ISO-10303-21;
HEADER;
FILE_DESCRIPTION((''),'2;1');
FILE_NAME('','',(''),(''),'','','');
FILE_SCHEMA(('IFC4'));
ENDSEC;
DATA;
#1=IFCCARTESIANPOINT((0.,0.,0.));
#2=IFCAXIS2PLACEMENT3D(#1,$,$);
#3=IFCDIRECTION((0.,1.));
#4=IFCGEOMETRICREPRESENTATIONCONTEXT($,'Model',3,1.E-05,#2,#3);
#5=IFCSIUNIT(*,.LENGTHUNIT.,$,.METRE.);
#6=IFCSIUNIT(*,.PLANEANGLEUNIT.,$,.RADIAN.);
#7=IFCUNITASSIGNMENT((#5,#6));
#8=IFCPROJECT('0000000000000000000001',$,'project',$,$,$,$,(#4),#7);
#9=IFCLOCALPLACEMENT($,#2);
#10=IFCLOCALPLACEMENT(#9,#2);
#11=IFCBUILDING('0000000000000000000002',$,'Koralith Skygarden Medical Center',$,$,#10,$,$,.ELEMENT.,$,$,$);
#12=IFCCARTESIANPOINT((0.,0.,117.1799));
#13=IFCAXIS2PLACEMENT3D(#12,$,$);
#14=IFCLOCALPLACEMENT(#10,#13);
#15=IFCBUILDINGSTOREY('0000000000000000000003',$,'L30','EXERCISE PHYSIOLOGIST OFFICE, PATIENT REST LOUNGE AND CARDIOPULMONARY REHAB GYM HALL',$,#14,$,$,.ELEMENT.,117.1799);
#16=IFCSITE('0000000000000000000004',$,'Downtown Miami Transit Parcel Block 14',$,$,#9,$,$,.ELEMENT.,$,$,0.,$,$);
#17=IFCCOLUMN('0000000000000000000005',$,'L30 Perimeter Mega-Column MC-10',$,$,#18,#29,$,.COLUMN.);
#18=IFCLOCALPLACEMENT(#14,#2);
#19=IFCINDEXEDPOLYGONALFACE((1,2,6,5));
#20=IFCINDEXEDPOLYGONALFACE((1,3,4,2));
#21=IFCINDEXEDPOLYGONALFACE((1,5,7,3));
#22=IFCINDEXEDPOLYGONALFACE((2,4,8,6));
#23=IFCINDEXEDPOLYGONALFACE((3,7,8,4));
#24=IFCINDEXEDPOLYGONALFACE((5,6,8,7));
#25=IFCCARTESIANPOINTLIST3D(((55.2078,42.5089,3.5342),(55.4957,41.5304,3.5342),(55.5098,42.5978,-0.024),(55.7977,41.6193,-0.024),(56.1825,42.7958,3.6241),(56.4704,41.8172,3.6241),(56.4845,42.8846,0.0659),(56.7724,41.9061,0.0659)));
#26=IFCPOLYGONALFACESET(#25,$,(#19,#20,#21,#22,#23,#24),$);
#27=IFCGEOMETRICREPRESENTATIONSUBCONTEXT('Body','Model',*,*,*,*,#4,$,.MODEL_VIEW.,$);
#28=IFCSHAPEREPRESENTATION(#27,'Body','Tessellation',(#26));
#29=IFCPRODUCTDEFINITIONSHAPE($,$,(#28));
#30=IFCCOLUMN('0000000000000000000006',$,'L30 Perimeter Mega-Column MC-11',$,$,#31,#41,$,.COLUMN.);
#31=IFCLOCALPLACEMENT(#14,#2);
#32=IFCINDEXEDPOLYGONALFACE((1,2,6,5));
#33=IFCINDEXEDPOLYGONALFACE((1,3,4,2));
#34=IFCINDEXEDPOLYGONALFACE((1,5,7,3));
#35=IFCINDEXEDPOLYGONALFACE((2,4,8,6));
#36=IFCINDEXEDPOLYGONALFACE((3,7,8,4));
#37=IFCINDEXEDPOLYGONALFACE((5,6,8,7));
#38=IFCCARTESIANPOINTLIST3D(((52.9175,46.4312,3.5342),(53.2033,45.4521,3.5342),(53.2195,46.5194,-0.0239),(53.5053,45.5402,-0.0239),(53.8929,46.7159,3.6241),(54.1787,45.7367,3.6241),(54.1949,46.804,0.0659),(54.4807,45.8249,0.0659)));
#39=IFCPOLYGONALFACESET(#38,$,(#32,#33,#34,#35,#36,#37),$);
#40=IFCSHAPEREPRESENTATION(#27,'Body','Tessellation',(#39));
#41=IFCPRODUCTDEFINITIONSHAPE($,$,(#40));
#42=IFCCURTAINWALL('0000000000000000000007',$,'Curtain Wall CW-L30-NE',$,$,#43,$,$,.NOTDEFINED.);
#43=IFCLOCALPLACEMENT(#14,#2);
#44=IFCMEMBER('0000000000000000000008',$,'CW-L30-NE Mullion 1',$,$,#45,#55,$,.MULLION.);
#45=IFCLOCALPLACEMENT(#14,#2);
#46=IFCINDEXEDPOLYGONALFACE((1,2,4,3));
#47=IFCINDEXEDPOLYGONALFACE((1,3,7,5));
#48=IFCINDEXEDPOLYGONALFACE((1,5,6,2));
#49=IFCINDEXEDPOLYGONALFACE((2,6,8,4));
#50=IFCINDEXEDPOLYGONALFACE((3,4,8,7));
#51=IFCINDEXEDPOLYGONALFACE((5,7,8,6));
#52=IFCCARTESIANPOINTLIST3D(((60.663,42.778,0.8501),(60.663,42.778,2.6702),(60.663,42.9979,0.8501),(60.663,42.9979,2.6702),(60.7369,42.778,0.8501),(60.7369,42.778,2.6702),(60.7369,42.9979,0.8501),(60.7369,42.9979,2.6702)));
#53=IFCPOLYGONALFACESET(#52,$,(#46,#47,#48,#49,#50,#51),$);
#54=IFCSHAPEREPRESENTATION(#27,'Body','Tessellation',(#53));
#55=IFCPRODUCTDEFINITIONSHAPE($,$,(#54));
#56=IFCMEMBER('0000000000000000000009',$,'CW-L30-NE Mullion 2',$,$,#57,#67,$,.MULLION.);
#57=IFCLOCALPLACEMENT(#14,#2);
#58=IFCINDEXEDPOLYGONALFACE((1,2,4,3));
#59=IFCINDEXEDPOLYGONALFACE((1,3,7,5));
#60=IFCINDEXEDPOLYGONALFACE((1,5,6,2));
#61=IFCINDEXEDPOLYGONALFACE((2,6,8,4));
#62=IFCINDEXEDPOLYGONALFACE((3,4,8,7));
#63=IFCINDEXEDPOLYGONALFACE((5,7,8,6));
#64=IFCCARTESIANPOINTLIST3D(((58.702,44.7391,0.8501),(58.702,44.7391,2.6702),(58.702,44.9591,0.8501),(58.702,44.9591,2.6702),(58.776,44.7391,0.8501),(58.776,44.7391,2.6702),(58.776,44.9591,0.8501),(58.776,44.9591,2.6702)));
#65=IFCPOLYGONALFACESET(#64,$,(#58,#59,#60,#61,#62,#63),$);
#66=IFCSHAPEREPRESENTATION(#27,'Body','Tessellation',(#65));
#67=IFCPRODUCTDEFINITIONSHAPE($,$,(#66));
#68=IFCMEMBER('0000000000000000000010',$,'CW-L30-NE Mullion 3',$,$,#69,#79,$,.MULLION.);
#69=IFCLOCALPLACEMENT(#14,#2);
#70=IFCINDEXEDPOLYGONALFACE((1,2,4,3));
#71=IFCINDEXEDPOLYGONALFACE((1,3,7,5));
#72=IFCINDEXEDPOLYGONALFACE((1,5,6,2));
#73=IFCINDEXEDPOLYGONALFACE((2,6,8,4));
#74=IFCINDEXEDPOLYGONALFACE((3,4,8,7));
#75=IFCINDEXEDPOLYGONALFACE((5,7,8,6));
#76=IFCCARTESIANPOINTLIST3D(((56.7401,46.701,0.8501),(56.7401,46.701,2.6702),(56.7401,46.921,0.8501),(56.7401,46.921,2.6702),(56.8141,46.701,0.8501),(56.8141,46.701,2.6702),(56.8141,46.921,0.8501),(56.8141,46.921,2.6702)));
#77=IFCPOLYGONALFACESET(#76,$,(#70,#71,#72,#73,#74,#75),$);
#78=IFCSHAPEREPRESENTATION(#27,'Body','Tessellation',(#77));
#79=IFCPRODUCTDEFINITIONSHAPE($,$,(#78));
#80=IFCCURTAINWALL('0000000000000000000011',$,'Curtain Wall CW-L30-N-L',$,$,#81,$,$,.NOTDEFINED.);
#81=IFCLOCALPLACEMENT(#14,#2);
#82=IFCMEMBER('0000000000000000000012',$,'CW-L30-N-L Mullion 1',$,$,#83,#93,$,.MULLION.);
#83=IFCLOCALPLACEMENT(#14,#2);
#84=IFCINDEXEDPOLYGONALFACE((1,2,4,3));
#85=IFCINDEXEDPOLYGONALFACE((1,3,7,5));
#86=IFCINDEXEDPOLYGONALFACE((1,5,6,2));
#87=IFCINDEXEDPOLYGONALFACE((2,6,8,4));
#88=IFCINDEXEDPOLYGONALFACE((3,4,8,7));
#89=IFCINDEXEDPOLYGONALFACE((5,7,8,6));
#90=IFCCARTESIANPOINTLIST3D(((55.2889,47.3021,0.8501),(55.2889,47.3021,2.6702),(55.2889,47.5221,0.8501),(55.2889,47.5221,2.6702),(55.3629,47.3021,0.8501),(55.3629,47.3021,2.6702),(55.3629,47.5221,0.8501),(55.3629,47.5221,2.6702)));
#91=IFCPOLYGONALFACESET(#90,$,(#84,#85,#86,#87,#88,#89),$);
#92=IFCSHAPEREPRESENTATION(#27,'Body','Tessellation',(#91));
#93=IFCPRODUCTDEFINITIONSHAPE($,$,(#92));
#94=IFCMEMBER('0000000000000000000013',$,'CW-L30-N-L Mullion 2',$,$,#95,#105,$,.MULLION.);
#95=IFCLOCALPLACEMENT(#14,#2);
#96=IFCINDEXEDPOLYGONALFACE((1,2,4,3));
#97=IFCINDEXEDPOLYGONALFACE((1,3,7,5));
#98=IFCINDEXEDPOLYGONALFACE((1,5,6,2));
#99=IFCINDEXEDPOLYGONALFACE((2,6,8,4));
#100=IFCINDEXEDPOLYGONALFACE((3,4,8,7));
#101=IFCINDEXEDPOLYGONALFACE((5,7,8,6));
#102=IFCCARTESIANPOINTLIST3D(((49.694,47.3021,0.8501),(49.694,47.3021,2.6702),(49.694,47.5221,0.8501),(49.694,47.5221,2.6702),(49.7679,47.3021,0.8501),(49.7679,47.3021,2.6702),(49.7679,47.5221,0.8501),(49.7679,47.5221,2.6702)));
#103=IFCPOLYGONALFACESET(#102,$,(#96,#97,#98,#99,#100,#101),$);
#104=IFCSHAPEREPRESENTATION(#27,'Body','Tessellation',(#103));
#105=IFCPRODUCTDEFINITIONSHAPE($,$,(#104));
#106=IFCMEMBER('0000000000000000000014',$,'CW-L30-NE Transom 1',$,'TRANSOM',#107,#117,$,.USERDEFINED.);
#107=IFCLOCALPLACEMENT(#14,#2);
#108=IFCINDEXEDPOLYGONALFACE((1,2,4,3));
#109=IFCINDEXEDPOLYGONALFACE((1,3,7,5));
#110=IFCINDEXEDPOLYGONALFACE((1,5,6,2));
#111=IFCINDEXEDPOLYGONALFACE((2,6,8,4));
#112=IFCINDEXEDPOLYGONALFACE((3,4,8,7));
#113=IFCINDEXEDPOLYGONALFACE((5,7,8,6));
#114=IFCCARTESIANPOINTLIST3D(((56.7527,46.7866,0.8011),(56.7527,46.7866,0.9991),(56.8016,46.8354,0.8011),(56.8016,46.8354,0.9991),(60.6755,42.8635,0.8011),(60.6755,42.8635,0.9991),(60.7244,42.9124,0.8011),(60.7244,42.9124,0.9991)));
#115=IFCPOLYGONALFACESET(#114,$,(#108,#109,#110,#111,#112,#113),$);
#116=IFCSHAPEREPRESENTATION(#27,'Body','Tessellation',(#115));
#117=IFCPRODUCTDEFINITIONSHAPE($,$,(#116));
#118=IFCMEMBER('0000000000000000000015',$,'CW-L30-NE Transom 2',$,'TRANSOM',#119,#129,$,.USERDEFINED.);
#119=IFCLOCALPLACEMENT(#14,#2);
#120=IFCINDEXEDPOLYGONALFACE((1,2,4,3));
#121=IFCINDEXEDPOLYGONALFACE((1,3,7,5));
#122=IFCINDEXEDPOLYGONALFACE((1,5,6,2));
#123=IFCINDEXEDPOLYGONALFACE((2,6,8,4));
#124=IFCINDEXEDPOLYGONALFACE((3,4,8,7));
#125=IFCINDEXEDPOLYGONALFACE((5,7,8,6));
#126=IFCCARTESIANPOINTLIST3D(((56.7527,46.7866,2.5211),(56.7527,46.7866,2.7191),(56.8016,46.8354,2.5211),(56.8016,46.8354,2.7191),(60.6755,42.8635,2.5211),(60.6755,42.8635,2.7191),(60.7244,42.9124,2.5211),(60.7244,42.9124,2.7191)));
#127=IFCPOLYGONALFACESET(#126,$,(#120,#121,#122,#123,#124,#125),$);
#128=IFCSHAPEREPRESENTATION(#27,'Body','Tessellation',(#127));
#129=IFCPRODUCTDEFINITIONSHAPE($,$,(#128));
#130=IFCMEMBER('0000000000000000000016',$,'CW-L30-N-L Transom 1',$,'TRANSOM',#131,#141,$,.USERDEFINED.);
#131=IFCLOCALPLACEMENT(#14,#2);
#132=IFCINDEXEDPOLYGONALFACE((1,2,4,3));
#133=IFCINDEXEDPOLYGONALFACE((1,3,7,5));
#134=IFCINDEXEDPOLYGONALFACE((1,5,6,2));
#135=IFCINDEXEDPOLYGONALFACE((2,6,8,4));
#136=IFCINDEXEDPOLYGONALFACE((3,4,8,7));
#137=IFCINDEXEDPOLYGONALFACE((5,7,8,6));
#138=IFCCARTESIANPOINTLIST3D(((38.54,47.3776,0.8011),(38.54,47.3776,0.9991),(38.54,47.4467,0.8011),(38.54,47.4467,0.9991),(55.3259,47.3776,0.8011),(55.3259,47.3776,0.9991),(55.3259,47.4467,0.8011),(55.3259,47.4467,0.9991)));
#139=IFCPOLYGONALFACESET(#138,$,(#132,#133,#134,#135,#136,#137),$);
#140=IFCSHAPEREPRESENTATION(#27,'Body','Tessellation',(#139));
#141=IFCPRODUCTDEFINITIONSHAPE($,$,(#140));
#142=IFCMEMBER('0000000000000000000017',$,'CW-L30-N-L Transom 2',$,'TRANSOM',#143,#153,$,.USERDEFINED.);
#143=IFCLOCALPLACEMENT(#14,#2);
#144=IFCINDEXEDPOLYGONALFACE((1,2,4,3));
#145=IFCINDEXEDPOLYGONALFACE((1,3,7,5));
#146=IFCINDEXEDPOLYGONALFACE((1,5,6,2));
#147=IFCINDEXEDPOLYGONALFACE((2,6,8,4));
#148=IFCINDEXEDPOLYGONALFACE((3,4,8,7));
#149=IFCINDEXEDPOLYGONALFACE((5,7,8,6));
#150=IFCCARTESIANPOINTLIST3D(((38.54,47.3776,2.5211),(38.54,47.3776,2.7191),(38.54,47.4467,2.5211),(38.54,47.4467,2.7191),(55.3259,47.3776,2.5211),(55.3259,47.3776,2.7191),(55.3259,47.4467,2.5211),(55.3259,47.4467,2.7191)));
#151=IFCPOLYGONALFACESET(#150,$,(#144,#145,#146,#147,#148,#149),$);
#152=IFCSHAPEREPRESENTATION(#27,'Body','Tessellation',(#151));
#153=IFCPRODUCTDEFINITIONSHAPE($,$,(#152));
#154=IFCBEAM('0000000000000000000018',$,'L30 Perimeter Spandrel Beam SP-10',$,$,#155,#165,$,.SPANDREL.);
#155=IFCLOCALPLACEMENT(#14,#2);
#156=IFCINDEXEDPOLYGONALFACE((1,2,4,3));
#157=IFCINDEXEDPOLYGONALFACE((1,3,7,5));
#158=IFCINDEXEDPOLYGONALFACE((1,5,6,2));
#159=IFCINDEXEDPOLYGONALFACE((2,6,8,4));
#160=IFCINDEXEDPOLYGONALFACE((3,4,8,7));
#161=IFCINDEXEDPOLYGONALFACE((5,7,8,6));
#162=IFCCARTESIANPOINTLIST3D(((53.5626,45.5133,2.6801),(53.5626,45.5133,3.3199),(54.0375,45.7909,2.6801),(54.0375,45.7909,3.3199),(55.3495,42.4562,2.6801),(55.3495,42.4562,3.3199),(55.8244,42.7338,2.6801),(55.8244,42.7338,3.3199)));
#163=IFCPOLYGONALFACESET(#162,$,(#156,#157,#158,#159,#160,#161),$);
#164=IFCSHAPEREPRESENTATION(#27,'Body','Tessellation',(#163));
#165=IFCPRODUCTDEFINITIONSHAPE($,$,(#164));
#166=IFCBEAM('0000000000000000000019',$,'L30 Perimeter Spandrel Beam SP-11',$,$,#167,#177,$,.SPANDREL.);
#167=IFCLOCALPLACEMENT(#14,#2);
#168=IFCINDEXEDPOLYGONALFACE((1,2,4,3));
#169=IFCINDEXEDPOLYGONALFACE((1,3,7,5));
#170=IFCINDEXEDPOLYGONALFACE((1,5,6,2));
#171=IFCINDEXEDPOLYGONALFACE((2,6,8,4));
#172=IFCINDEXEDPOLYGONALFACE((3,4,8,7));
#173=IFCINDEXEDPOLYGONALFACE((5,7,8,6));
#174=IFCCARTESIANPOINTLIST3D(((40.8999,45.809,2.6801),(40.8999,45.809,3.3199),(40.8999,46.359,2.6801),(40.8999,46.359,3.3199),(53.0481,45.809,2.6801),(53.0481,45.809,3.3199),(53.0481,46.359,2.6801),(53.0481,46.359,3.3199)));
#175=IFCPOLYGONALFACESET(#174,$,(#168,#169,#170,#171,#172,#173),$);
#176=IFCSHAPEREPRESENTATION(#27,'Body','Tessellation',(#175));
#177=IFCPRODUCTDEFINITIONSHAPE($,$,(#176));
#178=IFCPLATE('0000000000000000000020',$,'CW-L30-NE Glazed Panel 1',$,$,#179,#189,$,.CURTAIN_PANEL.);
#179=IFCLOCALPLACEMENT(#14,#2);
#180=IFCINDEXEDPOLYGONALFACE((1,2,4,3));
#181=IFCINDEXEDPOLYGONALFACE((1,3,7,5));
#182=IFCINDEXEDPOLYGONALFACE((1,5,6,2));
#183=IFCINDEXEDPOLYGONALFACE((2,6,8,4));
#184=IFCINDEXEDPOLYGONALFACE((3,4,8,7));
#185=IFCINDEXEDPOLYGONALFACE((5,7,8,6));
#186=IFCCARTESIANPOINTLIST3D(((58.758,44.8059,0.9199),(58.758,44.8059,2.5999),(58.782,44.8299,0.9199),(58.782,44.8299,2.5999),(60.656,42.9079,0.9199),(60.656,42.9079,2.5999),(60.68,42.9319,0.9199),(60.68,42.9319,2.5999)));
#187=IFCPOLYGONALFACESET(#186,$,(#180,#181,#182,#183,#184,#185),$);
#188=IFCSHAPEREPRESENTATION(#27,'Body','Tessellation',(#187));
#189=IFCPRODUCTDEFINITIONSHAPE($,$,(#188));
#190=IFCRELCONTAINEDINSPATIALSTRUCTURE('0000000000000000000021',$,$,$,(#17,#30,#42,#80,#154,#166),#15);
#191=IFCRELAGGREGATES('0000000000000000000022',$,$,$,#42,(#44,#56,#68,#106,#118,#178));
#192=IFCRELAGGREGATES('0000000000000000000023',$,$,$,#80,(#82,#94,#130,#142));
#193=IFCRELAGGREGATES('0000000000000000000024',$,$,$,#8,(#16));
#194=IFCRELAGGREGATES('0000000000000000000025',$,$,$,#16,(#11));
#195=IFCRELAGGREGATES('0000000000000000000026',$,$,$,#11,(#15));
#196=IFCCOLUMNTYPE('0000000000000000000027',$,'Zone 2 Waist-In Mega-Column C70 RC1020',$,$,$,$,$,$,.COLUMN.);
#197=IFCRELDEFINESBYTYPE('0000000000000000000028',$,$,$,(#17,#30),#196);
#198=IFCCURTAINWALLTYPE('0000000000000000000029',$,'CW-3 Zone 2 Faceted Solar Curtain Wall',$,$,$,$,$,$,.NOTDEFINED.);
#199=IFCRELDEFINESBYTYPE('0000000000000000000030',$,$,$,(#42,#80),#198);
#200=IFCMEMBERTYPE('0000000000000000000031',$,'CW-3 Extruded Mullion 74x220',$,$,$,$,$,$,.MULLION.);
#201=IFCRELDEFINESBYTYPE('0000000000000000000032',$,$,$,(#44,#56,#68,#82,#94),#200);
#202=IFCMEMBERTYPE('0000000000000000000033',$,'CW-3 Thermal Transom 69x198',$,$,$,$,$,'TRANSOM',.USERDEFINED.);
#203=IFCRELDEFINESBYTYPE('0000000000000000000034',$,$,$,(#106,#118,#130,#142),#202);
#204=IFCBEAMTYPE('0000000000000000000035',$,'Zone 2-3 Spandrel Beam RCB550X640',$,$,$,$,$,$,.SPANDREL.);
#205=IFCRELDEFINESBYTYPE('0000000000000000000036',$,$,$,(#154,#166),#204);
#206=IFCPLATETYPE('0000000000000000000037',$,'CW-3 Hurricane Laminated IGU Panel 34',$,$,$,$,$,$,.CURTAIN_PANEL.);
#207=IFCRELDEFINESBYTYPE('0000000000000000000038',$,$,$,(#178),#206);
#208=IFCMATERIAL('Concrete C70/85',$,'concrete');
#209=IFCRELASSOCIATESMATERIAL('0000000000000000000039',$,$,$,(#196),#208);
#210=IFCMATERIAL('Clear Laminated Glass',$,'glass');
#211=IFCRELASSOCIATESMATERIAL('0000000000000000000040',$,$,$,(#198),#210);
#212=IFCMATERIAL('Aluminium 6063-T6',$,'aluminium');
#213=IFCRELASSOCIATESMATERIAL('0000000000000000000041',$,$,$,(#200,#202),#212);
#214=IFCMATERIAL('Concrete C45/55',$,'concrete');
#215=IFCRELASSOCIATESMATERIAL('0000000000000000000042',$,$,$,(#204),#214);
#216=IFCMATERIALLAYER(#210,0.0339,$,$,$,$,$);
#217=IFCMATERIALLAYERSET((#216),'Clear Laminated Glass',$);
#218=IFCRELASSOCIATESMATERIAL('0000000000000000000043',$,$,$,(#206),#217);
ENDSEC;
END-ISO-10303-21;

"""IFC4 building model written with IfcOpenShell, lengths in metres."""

from ifc_helpers import new_model, si_unit, direction, frame, origin, origin_2d, place, context, subcontext, project, spatial, rectangle, extrude, material, layer, layer_set, material_profile, profile_set, type_object, element, aggregate, save


model = new_model("IFC4")

# Units and contexts
model_context = context("Model", 3, precision=1e-05, world=origin(), true_north=direction((0.0, 1.0)))
body_context = subcontext(model_context, "Body", "Model", "MODEL_VIEW")
ifc_project = project(units=[si_unit("LENGTHUNIT", "METRE"), si_unit("PLANEANGLEUNIT", "RADIAN")], contexts=[model_context])

# Site, building, storey
site_placement = place(None, origin())
site = spatial("IfcSite", under=ifc_project, at=site_placement, Name="Downtown Miami Transit Parcel Block 14", CompositionType="ELEMENT", RefElevation=0.0)
building_placement = place(site_placement, origin())
building = spatial("IfcBuilding", under=site, at=building_placement, Name="Koralith Skygarden Medical Center", CompositionType="ELEMENT")
storey_placement = place(building_placement, frame((0.0, 0.0, 117.1799)))
storey = spatial("IfcBuildingStorey", under=building, at=storey_placement, Name="L30", Description="EXERCISE PHYSIOLOGIST OFFICE, PATIENT REST LOUNGE AND CARDIOPULMONARY REHAB GYM HALL", CompositionType="ELEMENT", Elevation=117.1799)

# Columns
ifc_material_1 = material(Name="Concrete C70/85", Category="concrete")
ifc_material_profile_1 = material_profile(ifc_material_1, rectangle(XDim=1.02, YDim=1.02, at=origin_2d()), Name="RC1020X1020")
ifc_profile_set_1 = profile_set([ifc_material_profile_1], Name="Concrete C70/85")
column_type = type_object("IfcColumnType", Name="Zone 2 Waist-In Mega-Column C70 RC1020", PredefinedType="COLUMN", material=ifc_profile_set_1)
for number, where, z_axis, x_axis, name in (
    (1, (56.1411, 42.252, 0.021), (-0.084547, -0.024879, 0.996109), (0.282292, -0.959328, 0.0), "L30 Perimeter Mega-Column MC-10"),
    (2, (53.8501, 46.1721, 0.021), (-0.084547, -0.024674, 0.996114), (0.280149, -0.959957, 0.0), "L30 Perimeter Mega-Column MC-11"),
):
    element("IfcColumn", number, at=place(storey_placement, frame(where, z_axis=z_axis, x_axis=x_axis)), inside=storey, type_object=column_type, Name=name, PredefinedType="COLUMN", context=body_context, shape_type="SweptSolid", body=[
        extrude(rectangle(XDim=1.02, YDim=1.02, at=origin_2d()), origin(), (0.0, 0.0, 1.0), 3.572),
    ])

# Curtain walls, members
ifc_material_2 = material(Name="Clear Laminated Glass", Category="glass")
curtain_wall_type = type_object("IfcCurtainWallType", Name="CW-3 Zone 2 Faceted Solar Curtain Wall", PredefinedType="NOTDEFINED", material=ifc_material_2)
curtain_wall_1_placement = place(storey_placement, origin())
curtain_wall_1 = element("IfcCurtainWall", 3, at=curtain_wall_1_placement, inside=storey, type_object=curtain_wall_type, Name="Curtain Wall CW-L30-NE", PredefinedType="NOTDEFINED")
ifc_material_3 = material(Name="Aluminium 6063-T6", Category="aluminium")
ifc_material_profile_2 = material_profile(ifc_material_3, rectangle(XDim=0.074, YDim=0.22, at=origin_2d()), Name="MUL74X220")
ifc_profile_set_2 = profile_set([ifc_material_profile_2], Name="Aluminium 6063-T6")
member_type_1 = type_object("IfcMemberType", Name="CW-3 Extruded Mullion 74x220", PredefinedType="MULLION", material=ifc_profile_set_2)
member_1_placement = place(storey_placement, frame((60.7, 42.8879, 0.8501), z_axis=(0.0, 0.0, 1.0), x_axis=(1.0, 0.0, 0.0)))
member_1 = element("IfcMember", 4, at=member_1_placement, type_object=member_type_1, Name="CW-L30-NE Mullion 1", PredefinedType="MULLION", context=body_context, shape_type="SweptSolid", body=[
    extrude(rectangle(XDim=0.074, YDim=0.22, at=origin_2d()), origin(), (0.0, 0.0, 1.0), 1.8201),
])
member_2_placement = place(storey_placement, frame((58.739, 44.8491, 0.8501), z_axis=(0.0, 0.0, 1.0), x_axis=(1.0, 0.0, 0.0)))
member_2 = element("IfcMember", 5, at=member_2_placement, type_object=member_type_1, Name="CW-L30-NE Mullion 2", PredefinedType="MULLION", context=body_context, shape_type="SweptSolid", body=[
    extrude(rectangle(XDim=0.074, YDim=0.22, at=origin_2d()), origin(), (0.0, 0.0, 1.0), 1.8201),
])
member_3_placement = place(storey_placement, frame((56.7771, 46.811, 0.8501), z_axis=(0.0, 0.0, 1.0), x_axis=(1.0, 0.0, 0.0)))
member_3 = element("IfcMember", 6, at=member_3_placement, type_object=member_type_1, Name="CW-L30-NE Mullion 3", PredefinedType="MULLION", context=body_context, shape_type="SweptSolid", body=[
    extrude(rectangle(XDim=0.074, YDim=0.22, at=origin_2d()), origin(), (0.0, 0.0, 1.0), 1.8201),
])
curtain_wall_2_placement = place(storey_placement, origin())
curtain_wall_2 = element("IfcCurtainWall", 7, at=curtain_wall_2_placement, inside=storey, type_object=curtain_wall_type, Name="Curtain Wall CW-L30-N-L", PredefinedType="NOTDEFINED")
member_4_placement = place(storey_placement, frame((55.3259, 47.4121, 0.8501), z_axis=(0.0, 0.0, 1.0), x_axis=(1.0, 0.0, 0.0)))
member_4 = element("IfcMember", 8, at=member_4_placement, type_object=member_type_1, Name="CW-L30-N-L Mullion 1", PredefinedType="MULLION", context=body_context, shape_type="SweptSolid", body=[
    extrude(rectangle(XDim=0.074, YDim=0.22, at=origin_2d()), origin(), (0.0, 0.0, 1.0), 1.8201),
])
member_5_placement = place(storey_placement, frame((49.731, 47.4121, 0.8501), z_axis=(0.0, 0.0, 1.0), x_axis=(1.0, 0.0, 0.0)))
member_5 = element("IfcMember", 9, at=member_5_placement, type_object=member_type_1, Name="CW-L30-N-L Mullion 2", PredefinedType="MULLION", context=body_context, shape_type="SweptSolid", body=[
    extrude(rectangle(XDim=0.074, YDim=0.22, at=origin_2d()), origin(), (0.0, 0.0, 1.0), 1.8201),
])

# Members
ifc_material_profile_3 = material_profile(ifc_material_3, rectangle(XDim=0.0691, YDim=0.198, at=origin_2d()), Name="TRN69X198")
ifc_profile_set_3 = profile_set([ifc_material_profile_3], Name="Aluminium 6063-T6")
member_type_2 = type_object("IfcMemberType", Name="CW-3 Thermal Transom 69x198", ElementType="TRANSOM", PredefinedType="USERDEFINED", material=ifc_profile_set_3)
member_6_placement = place(storey_placement, frame((60.7, 42.8879, 0.9001), z_axis=(-0.707085, 0.707129, 0.0), x_axis=(-0.707129, -0.707085, 0.0)))
member_6 = element("IfcMember", 10, at=member_6_placement, type_object=member_type_2, Name="CW-L30-NE Transom 1", ObjectType="TRANSOM", PredefinedType="USERDEFINED", context=body_context, shape_type="SweptSolid", body=[
    extrude(rectangle(XDim=0.0691, YDim=0.198, at=origin_2d()), origin(), (0.0, 0.0, 1.0), 5.5479),
])
member_7_placement = place(storey_placement, frame((60.7, 42.8879, 2.6201), z_axis=(-0.707085, 0.707129, 0.0), x_axis=(-0.707129, -0.707085, 0.0)))
member_7 = element("IfcMember", 11, at=member_7_placement, type_object=member_type_2, Name="CW-L30-NE Transom 2", ObjectType="TRANSOM", PredefinedType="USERDEFINED", context=body_context, shape_type="SweptSolid", body=[
    extrude(rectangle(XDim=0.0691, YDim=0.198, at=origin_2d()), origin(), (0.0, 0.0, 1.0), 5.5479),
])
member_8_placement = place(storey_placement, frame((55.3259, 47.4121, 0.9001), z_axis=(-1.0, 0.0, 0.0), x_axis=(0.0, -1.0, 0.0)))
member_8 = element("IfcMember", 12, at=member_8_placement, type_object=member_type_2, Name="CW-L30-N-L Transom 1", ObjectType="TRANSOM", PredefinedType="USERDEFINED", context=body_context, shape_type="SweptSolid", body=[
    extrude(rectangle(XDim=0.0691, YDim=0.198, at=origin_2d()), origin(), (0.0, 0.0, 1.0), 16.7859),
])
member_9_placement = place(storey_placement, frame((55.3259, 47.4121, 2.6201), z_axis=(-1.0, 0.0, 0.0), x_axis=(0.0, -1.0, 0.0)))
member_9 = element("IfcMember", 13, at=member_9_placement, type_object=member_type_2, Name="CW-L30-N-L Transom 2", ObjectType="TRANSOM", PredefinedType="USERDEFINED", context=body_context, shape_type="SweptSolid", body=[
    extrude(rectangle(XDim=0.0691, YDim=0.198, at=origin_2d()), origin(), (0.0, 0.0, 1.0), 16.7859),
])

# Beams
ifc_material_4 = material(Name="Concrete C45/55", Category="concrete")
ifc_material_profile_4 = material_profile(ifc_material_4, rectangle(XDim=0.55, YDim=0.6399, at=origin_2d()), Name="RCB550X640")
ifc_profile_set_4 = profile_set([ifc_material_profile_4], Name="Concrete C45/55")
beam_type = type_object("IfcBeamType", Name="Zone 2-3 Spandrel Beam RCB550X640", PredefinedType="SPANDREL", material=ifc_profile_set_4)
beam_1_placement = place(storey_placement, frame((55.5869, 42.595, 3.0), z_axis=(-0.504617, 0.863343, 0.0), x_axis=(-0.863343, -0.504617, 0.0)))
element("IfcBeam", 14, at=beam_1_placement, inside=storey, type_object=beam_type, Name="L30 Perimeter Spandrel Beam SP-10", PredefinedType="SPANDREL", context=body_context, shape_type="SweptSolid", body=[
    extrude(rectangle(XDim=0.55, YDim=0.6399, at=origin_2d()), origin(), (0.0, 0.0, 1.0), 3.541),
])
beam_2_placement = place(storey_placement, frame((53.0481, 46.084, 3.0), z_axis=(-1.0, 0.0, 0.0), x_axis=(0.0, -1.0, 0.0)))
element("IfcBeam", 15, at=beam_2_placement, inside=storey, type_object=beam_type, Name="L30 Perimeter Spandrel Beam SP-11", PredefinedType="SPANDREL", context=body_context, shape_type="SweptSolid", body=[
    extrude(rectangle(XDim=0.55, YDim=0.6399, at=origin_2d()), origin(), (0.0, 0.0, 1.0), 12.1482),
])

# Plate
ifc_layer_1 = layer(ifc_material_2, 0.0339)
ifc_layer_set_1 = layer_set([ifc_layer_1], Name="Clear Laminated Glass")
plate_type_1 = type_object("IfcPlateType", Name="CW-3 Hurricane Laminated IGU Panel 34", PredefinedType="CURTAIN_PANEL", material=ifc_layer_set_1)
plate_1_placement = place(storey_placement, frame((59.719, 43.8689, 0.9199), z_axis=(0.0, 0.0, 1.0), x_axis=(-0.707107, 0.707107, 0.0)))
plate_1 = element("IfcPlate", 16, at=plate_1_placement, type_object=plate_type_1, Name="CW-L30-NE Glazed Panel 1", PredefinedType="CURTAIN_PANEL", context=body_context, shape_type="SweptSolid", body=[
    extrude(rectangle(XDim=2.6841, YDim=0.0339, at=origin_2d()), origin(), (0.0, 0.0, 1.0), 1.6799),
])
aggregate(curtain_wall_1, [member_1, member_2, member_3, member_6, member_7, plate_1])
aggregate(curtain_wall_2, [member_4, member_5, member_8, member_9])

save(model, "model.ifc")
